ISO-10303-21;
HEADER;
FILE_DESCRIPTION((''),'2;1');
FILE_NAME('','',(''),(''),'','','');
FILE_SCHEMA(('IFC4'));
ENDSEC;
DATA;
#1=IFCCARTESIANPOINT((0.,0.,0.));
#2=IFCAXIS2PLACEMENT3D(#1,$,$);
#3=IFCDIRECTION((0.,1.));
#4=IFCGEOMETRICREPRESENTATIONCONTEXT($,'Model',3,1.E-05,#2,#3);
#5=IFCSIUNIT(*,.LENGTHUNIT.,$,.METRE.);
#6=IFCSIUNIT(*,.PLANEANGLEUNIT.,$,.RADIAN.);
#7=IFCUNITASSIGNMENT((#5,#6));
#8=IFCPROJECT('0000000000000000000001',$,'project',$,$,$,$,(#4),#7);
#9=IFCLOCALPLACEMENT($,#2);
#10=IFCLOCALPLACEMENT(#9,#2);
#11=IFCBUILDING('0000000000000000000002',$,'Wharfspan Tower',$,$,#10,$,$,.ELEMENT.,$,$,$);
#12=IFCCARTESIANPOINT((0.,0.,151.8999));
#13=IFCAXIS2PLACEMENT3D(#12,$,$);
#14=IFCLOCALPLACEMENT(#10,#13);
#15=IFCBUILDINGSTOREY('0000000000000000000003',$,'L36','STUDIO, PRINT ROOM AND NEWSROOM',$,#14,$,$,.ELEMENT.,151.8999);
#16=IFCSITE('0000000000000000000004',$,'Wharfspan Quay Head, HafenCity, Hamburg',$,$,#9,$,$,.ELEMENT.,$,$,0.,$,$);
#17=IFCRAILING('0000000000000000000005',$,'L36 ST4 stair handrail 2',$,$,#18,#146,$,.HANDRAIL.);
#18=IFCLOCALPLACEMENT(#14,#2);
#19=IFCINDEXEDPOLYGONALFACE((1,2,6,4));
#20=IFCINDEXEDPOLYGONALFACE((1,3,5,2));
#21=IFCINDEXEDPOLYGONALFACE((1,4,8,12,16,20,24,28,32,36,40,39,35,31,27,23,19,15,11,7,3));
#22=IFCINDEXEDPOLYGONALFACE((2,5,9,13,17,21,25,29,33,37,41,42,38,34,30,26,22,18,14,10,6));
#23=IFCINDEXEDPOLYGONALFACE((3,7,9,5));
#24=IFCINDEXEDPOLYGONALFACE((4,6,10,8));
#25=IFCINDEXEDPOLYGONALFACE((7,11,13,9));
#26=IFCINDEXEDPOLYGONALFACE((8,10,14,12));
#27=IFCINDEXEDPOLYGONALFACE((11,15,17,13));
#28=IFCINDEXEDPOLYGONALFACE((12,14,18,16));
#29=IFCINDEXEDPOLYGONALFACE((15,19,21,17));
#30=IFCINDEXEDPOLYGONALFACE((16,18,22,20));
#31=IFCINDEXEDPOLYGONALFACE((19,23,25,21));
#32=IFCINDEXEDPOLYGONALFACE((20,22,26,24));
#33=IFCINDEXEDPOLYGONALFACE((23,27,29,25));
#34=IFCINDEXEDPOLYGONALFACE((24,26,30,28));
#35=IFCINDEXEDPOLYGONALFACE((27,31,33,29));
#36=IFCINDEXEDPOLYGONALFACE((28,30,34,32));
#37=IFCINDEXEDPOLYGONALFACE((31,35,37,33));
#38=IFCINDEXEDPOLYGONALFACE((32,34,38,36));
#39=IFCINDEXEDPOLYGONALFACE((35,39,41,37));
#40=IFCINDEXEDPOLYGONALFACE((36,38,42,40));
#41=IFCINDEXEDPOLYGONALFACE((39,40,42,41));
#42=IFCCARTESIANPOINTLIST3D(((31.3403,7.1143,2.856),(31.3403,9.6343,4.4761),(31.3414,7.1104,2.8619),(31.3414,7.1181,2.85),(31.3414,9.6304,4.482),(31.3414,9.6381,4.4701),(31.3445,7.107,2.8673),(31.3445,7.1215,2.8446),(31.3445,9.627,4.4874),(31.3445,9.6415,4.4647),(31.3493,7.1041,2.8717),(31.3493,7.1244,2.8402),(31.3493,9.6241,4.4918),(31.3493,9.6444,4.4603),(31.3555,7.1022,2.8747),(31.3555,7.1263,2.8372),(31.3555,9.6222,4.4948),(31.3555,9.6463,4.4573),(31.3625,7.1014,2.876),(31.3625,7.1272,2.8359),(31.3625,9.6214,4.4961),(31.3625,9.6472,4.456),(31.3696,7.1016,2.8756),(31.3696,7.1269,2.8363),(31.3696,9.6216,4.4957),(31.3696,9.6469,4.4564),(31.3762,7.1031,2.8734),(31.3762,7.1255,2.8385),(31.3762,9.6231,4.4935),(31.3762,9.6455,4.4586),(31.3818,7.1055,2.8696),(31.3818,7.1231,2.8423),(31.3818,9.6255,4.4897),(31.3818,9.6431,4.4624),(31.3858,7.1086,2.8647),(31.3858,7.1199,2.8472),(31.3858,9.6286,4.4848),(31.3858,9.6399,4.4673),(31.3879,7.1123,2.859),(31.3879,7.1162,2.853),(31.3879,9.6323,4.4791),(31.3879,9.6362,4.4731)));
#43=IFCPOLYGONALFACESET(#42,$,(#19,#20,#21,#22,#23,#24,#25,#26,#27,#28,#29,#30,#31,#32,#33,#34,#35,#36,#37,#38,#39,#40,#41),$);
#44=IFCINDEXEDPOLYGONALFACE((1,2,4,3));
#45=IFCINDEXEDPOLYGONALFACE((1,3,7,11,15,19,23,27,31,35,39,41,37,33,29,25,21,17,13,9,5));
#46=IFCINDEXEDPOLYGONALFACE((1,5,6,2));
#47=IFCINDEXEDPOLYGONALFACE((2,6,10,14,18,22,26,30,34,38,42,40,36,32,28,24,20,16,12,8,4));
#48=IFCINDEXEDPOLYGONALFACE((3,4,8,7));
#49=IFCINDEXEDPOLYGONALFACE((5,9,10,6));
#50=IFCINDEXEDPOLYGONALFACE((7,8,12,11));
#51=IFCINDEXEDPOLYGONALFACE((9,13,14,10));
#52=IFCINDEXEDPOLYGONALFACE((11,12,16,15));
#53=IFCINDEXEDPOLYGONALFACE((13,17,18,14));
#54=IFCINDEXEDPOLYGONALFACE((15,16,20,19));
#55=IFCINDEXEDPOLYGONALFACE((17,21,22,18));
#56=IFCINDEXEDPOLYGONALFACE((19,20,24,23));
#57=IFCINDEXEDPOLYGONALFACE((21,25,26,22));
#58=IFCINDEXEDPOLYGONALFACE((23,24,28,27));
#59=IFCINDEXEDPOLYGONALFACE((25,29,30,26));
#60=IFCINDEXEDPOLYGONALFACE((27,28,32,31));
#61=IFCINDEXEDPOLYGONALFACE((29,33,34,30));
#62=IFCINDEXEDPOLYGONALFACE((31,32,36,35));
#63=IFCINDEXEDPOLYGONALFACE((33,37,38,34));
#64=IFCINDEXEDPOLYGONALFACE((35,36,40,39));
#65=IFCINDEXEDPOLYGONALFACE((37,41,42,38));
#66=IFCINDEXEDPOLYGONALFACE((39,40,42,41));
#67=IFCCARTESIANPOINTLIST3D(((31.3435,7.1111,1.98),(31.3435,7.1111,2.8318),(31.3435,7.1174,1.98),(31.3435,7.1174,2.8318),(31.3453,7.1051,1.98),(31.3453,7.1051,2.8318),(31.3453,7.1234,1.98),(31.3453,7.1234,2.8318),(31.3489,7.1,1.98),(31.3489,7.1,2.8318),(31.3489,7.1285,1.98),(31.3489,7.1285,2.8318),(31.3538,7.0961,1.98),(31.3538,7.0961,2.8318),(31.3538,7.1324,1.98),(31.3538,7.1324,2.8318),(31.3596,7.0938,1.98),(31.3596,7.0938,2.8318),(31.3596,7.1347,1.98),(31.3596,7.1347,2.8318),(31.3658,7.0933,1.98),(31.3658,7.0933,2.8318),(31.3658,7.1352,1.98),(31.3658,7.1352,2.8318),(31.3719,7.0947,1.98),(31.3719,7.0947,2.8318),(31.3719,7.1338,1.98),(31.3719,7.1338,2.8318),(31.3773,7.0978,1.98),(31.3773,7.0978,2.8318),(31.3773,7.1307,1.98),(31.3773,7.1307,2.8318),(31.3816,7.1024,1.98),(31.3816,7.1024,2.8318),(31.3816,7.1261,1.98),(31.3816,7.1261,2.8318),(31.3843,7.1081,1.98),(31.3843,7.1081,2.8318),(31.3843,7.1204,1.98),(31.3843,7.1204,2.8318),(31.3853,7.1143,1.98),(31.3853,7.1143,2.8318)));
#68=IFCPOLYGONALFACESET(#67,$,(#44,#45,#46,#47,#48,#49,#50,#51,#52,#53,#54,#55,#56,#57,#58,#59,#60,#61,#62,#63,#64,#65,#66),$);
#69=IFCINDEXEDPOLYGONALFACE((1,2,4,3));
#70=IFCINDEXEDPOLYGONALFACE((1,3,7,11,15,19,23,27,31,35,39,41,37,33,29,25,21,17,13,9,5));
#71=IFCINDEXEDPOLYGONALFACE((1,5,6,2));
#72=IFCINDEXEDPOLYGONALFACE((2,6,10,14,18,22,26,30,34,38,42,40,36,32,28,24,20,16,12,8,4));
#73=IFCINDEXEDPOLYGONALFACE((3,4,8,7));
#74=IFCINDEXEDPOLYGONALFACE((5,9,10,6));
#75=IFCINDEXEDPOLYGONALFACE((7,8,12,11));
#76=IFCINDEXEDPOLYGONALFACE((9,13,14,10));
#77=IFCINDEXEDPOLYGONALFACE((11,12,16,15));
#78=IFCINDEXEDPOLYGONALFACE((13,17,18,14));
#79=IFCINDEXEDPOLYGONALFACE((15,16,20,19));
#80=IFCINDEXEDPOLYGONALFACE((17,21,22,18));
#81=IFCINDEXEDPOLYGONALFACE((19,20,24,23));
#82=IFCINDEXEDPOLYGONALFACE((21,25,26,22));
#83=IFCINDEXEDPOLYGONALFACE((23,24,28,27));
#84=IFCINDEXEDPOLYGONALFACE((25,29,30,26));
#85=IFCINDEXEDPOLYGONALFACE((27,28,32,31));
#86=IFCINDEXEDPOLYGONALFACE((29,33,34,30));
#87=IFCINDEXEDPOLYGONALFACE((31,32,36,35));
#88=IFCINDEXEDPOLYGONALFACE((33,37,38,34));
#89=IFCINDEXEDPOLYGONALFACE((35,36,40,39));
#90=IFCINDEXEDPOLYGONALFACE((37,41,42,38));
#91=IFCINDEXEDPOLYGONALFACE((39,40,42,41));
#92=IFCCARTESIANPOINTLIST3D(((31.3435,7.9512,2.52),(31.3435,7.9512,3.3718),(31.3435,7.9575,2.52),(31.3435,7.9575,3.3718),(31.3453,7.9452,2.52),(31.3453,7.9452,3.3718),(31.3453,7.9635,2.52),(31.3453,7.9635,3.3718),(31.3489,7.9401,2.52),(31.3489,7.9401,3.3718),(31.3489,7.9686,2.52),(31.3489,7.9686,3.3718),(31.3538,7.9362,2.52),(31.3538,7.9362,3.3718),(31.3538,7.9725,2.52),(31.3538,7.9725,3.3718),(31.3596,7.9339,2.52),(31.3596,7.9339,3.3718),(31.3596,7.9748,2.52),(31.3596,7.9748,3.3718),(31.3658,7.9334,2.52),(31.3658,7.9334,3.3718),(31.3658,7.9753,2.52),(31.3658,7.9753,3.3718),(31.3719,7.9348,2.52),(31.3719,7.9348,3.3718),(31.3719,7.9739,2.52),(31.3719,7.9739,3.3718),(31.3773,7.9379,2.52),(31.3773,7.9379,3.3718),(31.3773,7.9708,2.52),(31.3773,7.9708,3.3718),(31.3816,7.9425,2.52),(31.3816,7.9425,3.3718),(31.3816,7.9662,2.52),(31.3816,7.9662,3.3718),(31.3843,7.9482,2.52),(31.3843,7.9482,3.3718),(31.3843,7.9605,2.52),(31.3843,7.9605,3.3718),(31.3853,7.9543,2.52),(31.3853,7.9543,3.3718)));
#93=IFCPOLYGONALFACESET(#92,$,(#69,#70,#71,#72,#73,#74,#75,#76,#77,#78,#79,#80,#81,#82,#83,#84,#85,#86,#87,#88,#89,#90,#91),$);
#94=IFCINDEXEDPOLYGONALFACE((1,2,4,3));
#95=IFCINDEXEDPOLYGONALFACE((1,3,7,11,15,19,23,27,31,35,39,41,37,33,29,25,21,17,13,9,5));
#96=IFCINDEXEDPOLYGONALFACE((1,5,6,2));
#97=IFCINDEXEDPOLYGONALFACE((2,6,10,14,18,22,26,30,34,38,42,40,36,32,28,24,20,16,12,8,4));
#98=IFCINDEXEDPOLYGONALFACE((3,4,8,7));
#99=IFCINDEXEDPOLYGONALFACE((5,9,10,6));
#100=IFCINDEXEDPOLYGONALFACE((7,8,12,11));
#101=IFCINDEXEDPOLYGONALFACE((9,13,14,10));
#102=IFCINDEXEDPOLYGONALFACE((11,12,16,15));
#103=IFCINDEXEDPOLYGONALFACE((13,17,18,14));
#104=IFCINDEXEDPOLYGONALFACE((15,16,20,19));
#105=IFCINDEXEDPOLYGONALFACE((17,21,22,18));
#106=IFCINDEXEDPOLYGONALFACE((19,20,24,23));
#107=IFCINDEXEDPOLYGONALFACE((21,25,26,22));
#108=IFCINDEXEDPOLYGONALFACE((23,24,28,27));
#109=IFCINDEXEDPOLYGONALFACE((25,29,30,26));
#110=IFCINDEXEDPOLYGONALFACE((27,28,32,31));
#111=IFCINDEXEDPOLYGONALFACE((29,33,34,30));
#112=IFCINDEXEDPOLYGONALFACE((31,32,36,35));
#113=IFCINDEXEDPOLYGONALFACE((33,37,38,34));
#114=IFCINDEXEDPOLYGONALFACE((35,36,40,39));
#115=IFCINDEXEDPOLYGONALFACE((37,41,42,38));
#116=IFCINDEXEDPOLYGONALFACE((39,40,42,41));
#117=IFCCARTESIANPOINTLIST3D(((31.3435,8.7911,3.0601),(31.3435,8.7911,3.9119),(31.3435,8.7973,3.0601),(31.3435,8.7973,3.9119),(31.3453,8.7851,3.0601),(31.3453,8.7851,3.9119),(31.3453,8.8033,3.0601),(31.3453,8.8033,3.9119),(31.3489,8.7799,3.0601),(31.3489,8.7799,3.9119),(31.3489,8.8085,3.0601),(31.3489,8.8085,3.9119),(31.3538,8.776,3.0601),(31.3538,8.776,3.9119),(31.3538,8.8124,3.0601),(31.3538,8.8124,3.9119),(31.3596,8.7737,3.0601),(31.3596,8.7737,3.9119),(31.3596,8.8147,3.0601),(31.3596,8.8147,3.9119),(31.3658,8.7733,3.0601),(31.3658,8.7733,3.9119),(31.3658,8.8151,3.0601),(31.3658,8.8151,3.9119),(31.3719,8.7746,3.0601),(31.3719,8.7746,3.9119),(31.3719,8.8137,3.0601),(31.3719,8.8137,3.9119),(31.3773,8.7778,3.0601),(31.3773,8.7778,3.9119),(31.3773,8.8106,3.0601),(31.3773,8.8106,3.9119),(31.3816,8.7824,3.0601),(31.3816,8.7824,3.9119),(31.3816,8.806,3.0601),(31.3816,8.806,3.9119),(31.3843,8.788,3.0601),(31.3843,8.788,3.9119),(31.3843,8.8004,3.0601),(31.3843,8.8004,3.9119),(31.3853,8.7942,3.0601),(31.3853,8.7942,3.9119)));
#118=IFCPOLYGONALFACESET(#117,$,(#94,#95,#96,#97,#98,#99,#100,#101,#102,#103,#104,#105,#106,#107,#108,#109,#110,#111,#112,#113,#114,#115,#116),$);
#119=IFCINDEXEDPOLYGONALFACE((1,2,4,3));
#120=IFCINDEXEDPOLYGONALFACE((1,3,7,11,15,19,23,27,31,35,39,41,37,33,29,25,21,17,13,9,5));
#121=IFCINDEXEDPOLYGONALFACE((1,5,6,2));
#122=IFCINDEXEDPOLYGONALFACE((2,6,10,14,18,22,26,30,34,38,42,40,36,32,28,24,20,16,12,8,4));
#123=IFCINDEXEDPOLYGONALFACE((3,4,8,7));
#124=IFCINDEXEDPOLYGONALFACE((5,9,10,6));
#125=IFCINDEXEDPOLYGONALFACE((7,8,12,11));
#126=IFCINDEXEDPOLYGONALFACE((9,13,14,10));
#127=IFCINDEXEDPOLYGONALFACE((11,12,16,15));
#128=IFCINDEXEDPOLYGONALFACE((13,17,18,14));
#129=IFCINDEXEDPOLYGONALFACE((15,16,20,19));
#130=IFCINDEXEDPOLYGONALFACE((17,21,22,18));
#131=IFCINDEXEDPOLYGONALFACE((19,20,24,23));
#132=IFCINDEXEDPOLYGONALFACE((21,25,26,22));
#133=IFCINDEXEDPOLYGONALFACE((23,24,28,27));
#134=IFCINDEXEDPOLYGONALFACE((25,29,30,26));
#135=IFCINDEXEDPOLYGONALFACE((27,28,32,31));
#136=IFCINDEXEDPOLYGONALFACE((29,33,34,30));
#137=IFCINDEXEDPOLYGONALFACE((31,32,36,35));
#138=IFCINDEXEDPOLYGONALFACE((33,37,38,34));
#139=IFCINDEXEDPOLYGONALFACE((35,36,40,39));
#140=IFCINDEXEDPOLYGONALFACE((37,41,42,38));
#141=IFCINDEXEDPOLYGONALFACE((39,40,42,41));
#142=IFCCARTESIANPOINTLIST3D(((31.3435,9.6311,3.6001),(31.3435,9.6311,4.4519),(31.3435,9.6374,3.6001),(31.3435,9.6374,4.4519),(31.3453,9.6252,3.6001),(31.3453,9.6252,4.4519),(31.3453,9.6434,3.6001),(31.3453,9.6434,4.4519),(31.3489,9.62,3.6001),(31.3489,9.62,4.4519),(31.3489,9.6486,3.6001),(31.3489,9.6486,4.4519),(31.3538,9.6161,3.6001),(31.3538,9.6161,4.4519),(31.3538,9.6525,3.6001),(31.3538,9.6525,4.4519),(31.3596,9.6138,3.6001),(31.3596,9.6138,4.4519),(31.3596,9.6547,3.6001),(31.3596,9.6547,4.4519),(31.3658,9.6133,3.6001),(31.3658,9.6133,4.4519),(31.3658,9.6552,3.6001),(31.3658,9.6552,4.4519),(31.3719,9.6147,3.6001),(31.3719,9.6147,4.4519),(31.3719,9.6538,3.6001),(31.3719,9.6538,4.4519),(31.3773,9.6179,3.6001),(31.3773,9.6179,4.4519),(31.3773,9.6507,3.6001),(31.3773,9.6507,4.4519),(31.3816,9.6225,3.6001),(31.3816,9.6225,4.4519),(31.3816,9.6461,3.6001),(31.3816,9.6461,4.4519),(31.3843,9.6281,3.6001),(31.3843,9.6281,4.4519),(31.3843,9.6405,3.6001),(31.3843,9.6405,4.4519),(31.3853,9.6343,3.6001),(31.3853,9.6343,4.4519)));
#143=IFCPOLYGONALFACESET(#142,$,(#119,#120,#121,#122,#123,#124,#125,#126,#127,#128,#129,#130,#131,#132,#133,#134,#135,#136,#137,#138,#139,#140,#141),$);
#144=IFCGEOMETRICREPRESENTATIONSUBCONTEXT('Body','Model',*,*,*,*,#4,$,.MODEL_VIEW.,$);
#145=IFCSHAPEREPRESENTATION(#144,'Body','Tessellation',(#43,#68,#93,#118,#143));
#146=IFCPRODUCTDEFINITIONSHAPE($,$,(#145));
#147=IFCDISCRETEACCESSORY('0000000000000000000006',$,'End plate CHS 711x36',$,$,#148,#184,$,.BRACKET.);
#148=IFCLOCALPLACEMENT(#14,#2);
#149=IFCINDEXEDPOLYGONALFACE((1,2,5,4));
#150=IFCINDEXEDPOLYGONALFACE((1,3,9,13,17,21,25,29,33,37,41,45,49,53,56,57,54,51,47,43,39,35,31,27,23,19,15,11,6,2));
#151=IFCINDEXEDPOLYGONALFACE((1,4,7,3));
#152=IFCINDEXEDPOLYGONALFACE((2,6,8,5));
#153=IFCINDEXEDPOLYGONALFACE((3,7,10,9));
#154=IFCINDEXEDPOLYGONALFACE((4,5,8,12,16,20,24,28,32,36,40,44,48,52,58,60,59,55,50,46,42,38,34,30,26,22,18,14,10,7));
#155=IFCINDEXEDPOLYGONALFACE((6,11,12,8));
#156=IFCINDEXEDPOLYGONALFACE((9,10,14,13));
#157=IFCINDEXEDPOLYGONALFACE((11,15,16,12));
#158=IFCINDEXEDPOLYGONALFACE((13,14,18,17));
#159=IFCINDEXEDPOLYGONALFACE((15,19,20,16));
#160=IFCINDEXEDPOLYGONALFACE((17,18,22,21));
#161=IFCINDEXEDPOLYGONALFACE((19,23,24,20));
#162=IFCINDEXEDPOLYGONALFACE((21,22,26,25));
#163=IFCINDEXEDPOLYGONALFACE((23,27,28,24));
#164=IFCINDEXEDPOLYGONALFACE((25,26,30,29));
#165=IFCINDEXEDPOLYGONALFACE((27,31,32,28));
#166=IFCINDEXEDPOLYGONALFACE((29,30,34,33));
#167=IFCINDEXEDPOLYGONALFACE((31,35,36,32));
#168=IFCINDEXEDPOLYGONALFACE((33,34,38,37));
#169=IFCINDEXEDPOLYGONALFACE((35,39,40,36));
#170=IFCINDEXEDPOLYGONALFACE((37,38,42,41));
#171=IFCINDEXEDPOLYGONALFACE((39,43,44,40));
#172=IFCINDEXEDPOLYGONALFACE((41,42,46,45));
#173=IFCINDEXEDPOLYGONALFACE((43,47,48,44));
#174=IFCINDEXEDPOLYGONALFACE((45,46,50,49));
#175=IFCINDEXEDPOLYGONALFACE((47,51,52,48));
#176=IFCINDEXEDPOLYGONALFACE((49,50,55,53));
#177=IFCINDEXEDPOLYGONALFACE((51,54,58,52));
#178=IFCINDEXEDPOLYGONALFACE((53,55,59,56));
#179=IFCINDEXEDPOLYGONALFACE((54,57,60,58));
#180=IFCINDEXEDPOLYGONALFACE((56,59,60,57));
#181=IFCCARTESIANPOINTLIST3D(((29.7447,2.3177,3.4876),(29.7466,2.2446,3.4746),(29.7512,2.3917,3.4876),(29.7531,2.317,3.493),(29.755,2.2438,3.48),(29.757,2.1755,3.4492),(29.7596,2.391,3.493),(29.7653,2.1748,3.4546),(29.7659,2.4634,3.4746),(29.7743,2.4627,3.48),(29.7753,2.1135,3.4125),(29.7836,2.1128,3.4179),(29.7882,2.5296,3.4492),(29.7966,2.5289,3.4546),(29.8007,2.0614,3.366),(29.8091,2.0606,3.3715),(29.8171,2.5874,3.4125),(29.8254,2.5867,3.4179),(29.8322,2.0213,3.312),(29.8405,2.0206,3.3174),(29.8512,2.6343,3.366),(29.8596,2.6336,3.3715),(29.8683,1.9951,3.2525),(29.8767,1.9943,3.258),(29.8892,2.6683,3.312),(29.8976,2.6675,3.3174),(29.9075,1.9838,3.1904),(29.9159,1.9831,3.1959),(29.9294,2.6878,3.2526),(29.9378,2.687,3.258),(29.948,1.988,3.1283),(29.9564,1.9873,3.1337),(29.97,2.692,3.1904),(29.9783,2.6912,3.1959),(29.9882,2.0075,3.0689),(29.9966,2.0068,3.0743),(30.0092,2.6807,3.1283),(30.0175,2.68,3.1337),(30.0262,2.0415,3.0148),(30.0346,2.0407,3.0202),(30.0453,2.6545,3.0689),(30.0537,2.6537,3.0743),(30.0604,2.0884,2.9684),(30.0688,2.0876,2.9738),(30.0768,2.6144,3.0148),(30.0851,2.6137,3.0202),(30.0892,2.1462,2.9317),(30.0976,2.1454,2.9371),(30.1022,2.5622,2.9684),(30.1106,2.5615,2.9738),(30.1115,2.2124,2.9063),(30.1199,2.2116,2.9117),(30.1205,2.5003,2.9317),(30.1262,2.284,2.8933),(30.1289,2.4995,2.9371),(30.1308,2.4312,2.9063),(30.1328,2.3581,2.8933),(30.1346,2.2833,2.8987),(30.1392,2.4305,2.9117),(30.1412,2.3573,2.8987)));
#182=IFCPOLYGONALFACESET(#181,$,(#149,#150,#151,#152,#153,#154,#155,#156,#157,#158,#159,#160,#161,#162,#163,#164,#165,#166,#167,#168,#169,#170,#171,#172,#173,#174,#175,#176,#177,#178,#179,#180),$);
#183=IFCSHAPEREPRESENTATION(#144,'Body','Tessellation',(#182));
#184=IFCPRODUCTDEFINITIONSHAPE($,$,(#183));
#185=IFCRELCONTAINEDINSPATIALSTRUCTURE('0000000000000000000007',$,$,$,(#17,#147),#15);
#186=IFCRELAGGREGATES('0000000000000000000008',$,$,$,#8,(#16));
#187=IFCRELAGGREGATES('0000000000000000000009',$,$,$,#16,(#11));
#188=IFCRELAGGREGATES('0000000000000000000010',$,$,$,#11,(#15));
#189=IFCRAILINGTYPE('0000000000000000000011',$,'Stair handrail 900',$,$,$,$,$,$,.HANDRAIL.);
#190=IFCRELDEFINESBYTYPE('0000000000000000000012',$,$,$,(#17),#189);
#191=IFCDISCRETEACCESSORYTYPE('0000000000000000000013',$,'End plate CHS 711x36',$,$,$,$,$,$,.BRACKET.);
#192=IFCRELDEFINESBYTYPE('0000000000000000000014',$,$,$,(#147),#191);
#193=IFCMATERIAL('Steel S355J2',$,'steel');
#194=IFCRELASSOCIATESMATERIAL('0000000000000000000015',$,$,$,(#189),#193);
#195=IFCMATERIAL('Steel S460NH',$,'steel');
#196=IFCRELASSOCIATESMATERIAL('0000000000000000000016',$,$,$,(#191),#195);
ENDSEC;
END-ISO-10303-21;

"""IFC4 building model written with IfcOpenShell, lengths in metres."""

from ifc_helpers import new_model, si_unit, direction, frame, origin, origin_2d, place, context, subcontext, project, spatial, circle, extrude, material, material_profile, profile_set, type_object, element, save


model = new_model("IFC4")

# Units and contexts
model_context = context("Model", 3, precision=1e-05, world=origin(), true_north=direction((0.0, 1.0)))
body_context = subcontext(model_context, "Body", "Model", "MODEL_VIEW")
ifc_project = project(units=[si_unit("LENGTHUNIT", "METRE"), si_unit("PLANEANGLEUNIT", "RADIAN")], contexts=[model_context])

# Site, building, storey
site_placement = place(None, origin())
site = spatial("IfcSite", under=ifc_project, at=site_placement, Name="Wharfspan Quay Head, HafenCity, Hamburg", CompositionType="ELEMENT", RefElevation=0.0)
building_placement = place(site_placement, origin())
building = spatial("IfcBuilding", under=site, at=building_placement, Name="Wharfspan Tower", CompositionType="ELEMENT")
storey_placement = place(building_placement, frame((0.0, 0.0, 151.8999)))
storey = spatial("IfcBuildingStorey", under=building, at=storey_placement, Name="L36", Description="STUDIO, PRINT ROOM AND NEWSROOM", CompositionType="ELEMENT", Elevation=151.8999)

# Shared definitions
ifc_material_1 = material(Name="Steel S355J2", Category="steel")

# Shared definitions
ifc_material_2 = material(Name="Steel S460NH", Category="steel")

# Railing
railing_type_1 = type_object("IfcRailingType", Name="Stair handrail 900", PredefinedType="HANDRAIL", material=ifc_material_1)
railing_1_placement = place(storey_placement, frame((31.3643, 7.1143, 1.98)))
element("IfcRailing", 1, at=railing_1_placement, inside=storey, type_object=railing_type_1, Name="L36 ST4 stair handrail 2", PredefinedType="HANDRAIL", context=body_context, shape_type="SweptSolid", body=[
    extrude(circle(Radius=0.0239, at=origin_2d()), frame((0.0, 0.0, 0.876), z_axis=(0.0, 0.841163, 0.540782), x_axis=(-1.0, 0.0, 0.0)), (0.0, 0.0, 1.0), 2.9958),
    extrude(circle(Radius=0.021, at=origin_2d()), origin(), (0.0, 0.0, 1.0), 0.8518),
    extrude(circle(Radius=0.021, at=origin_2d()), frame((0.0, 0.8401, 0.54)), (0.0, 0.0, 1.0), 0.8518),
    extrude(circle(Radius=0.021, at=origin_2d()), frame((0.0, 1.6799, 1.0801)), (0.0, 0.0, 1.0), 0.8518),
    extrude(circle(Radius=0.021, at=origin_2d()), frame((0.0, 2.52, 1.6201)), (0.0, 0.0, 1.0), 0.8518),
])

# Discrete accessory
ifc_material_profile_1 = material_profile(ifc_material_2, circle(Radius=0.3555, at=origin_2d()))
ifc_profile_set_1 = profile_set([ifc_material_profile_1], Name="Steel S460NH")
discrete_accessory_type = type_object("IfcDiscreteAccessoryType", Name="End plate CHS 711x36", PredefinedType="BRACKET", material=ifc_profile_set_1)
discrete_accessory_1_placement = place(storey_placement, frame((29.9387, 2.3379, 3.1904), z_axis=(0.837276, -0.073877, 0.541767), x_axis=(0.087893, 0.996132, 0.000001)))
element("IfcDiscreteAccessory", 2, at=discrete_accessory_1_placement, inside=storey, type_object=discrete_accessory_type, Name="End plate CHS 711x36", PredefinedType="BRACKET", context=body_context, shape_type="SweptSolid", body=[
    extrude(circle(Radius=0.3555, at=origin_2d()), origin(), (0.0, 0.0, 1.0), 0.01),
])

save(model, "model.ifc")
